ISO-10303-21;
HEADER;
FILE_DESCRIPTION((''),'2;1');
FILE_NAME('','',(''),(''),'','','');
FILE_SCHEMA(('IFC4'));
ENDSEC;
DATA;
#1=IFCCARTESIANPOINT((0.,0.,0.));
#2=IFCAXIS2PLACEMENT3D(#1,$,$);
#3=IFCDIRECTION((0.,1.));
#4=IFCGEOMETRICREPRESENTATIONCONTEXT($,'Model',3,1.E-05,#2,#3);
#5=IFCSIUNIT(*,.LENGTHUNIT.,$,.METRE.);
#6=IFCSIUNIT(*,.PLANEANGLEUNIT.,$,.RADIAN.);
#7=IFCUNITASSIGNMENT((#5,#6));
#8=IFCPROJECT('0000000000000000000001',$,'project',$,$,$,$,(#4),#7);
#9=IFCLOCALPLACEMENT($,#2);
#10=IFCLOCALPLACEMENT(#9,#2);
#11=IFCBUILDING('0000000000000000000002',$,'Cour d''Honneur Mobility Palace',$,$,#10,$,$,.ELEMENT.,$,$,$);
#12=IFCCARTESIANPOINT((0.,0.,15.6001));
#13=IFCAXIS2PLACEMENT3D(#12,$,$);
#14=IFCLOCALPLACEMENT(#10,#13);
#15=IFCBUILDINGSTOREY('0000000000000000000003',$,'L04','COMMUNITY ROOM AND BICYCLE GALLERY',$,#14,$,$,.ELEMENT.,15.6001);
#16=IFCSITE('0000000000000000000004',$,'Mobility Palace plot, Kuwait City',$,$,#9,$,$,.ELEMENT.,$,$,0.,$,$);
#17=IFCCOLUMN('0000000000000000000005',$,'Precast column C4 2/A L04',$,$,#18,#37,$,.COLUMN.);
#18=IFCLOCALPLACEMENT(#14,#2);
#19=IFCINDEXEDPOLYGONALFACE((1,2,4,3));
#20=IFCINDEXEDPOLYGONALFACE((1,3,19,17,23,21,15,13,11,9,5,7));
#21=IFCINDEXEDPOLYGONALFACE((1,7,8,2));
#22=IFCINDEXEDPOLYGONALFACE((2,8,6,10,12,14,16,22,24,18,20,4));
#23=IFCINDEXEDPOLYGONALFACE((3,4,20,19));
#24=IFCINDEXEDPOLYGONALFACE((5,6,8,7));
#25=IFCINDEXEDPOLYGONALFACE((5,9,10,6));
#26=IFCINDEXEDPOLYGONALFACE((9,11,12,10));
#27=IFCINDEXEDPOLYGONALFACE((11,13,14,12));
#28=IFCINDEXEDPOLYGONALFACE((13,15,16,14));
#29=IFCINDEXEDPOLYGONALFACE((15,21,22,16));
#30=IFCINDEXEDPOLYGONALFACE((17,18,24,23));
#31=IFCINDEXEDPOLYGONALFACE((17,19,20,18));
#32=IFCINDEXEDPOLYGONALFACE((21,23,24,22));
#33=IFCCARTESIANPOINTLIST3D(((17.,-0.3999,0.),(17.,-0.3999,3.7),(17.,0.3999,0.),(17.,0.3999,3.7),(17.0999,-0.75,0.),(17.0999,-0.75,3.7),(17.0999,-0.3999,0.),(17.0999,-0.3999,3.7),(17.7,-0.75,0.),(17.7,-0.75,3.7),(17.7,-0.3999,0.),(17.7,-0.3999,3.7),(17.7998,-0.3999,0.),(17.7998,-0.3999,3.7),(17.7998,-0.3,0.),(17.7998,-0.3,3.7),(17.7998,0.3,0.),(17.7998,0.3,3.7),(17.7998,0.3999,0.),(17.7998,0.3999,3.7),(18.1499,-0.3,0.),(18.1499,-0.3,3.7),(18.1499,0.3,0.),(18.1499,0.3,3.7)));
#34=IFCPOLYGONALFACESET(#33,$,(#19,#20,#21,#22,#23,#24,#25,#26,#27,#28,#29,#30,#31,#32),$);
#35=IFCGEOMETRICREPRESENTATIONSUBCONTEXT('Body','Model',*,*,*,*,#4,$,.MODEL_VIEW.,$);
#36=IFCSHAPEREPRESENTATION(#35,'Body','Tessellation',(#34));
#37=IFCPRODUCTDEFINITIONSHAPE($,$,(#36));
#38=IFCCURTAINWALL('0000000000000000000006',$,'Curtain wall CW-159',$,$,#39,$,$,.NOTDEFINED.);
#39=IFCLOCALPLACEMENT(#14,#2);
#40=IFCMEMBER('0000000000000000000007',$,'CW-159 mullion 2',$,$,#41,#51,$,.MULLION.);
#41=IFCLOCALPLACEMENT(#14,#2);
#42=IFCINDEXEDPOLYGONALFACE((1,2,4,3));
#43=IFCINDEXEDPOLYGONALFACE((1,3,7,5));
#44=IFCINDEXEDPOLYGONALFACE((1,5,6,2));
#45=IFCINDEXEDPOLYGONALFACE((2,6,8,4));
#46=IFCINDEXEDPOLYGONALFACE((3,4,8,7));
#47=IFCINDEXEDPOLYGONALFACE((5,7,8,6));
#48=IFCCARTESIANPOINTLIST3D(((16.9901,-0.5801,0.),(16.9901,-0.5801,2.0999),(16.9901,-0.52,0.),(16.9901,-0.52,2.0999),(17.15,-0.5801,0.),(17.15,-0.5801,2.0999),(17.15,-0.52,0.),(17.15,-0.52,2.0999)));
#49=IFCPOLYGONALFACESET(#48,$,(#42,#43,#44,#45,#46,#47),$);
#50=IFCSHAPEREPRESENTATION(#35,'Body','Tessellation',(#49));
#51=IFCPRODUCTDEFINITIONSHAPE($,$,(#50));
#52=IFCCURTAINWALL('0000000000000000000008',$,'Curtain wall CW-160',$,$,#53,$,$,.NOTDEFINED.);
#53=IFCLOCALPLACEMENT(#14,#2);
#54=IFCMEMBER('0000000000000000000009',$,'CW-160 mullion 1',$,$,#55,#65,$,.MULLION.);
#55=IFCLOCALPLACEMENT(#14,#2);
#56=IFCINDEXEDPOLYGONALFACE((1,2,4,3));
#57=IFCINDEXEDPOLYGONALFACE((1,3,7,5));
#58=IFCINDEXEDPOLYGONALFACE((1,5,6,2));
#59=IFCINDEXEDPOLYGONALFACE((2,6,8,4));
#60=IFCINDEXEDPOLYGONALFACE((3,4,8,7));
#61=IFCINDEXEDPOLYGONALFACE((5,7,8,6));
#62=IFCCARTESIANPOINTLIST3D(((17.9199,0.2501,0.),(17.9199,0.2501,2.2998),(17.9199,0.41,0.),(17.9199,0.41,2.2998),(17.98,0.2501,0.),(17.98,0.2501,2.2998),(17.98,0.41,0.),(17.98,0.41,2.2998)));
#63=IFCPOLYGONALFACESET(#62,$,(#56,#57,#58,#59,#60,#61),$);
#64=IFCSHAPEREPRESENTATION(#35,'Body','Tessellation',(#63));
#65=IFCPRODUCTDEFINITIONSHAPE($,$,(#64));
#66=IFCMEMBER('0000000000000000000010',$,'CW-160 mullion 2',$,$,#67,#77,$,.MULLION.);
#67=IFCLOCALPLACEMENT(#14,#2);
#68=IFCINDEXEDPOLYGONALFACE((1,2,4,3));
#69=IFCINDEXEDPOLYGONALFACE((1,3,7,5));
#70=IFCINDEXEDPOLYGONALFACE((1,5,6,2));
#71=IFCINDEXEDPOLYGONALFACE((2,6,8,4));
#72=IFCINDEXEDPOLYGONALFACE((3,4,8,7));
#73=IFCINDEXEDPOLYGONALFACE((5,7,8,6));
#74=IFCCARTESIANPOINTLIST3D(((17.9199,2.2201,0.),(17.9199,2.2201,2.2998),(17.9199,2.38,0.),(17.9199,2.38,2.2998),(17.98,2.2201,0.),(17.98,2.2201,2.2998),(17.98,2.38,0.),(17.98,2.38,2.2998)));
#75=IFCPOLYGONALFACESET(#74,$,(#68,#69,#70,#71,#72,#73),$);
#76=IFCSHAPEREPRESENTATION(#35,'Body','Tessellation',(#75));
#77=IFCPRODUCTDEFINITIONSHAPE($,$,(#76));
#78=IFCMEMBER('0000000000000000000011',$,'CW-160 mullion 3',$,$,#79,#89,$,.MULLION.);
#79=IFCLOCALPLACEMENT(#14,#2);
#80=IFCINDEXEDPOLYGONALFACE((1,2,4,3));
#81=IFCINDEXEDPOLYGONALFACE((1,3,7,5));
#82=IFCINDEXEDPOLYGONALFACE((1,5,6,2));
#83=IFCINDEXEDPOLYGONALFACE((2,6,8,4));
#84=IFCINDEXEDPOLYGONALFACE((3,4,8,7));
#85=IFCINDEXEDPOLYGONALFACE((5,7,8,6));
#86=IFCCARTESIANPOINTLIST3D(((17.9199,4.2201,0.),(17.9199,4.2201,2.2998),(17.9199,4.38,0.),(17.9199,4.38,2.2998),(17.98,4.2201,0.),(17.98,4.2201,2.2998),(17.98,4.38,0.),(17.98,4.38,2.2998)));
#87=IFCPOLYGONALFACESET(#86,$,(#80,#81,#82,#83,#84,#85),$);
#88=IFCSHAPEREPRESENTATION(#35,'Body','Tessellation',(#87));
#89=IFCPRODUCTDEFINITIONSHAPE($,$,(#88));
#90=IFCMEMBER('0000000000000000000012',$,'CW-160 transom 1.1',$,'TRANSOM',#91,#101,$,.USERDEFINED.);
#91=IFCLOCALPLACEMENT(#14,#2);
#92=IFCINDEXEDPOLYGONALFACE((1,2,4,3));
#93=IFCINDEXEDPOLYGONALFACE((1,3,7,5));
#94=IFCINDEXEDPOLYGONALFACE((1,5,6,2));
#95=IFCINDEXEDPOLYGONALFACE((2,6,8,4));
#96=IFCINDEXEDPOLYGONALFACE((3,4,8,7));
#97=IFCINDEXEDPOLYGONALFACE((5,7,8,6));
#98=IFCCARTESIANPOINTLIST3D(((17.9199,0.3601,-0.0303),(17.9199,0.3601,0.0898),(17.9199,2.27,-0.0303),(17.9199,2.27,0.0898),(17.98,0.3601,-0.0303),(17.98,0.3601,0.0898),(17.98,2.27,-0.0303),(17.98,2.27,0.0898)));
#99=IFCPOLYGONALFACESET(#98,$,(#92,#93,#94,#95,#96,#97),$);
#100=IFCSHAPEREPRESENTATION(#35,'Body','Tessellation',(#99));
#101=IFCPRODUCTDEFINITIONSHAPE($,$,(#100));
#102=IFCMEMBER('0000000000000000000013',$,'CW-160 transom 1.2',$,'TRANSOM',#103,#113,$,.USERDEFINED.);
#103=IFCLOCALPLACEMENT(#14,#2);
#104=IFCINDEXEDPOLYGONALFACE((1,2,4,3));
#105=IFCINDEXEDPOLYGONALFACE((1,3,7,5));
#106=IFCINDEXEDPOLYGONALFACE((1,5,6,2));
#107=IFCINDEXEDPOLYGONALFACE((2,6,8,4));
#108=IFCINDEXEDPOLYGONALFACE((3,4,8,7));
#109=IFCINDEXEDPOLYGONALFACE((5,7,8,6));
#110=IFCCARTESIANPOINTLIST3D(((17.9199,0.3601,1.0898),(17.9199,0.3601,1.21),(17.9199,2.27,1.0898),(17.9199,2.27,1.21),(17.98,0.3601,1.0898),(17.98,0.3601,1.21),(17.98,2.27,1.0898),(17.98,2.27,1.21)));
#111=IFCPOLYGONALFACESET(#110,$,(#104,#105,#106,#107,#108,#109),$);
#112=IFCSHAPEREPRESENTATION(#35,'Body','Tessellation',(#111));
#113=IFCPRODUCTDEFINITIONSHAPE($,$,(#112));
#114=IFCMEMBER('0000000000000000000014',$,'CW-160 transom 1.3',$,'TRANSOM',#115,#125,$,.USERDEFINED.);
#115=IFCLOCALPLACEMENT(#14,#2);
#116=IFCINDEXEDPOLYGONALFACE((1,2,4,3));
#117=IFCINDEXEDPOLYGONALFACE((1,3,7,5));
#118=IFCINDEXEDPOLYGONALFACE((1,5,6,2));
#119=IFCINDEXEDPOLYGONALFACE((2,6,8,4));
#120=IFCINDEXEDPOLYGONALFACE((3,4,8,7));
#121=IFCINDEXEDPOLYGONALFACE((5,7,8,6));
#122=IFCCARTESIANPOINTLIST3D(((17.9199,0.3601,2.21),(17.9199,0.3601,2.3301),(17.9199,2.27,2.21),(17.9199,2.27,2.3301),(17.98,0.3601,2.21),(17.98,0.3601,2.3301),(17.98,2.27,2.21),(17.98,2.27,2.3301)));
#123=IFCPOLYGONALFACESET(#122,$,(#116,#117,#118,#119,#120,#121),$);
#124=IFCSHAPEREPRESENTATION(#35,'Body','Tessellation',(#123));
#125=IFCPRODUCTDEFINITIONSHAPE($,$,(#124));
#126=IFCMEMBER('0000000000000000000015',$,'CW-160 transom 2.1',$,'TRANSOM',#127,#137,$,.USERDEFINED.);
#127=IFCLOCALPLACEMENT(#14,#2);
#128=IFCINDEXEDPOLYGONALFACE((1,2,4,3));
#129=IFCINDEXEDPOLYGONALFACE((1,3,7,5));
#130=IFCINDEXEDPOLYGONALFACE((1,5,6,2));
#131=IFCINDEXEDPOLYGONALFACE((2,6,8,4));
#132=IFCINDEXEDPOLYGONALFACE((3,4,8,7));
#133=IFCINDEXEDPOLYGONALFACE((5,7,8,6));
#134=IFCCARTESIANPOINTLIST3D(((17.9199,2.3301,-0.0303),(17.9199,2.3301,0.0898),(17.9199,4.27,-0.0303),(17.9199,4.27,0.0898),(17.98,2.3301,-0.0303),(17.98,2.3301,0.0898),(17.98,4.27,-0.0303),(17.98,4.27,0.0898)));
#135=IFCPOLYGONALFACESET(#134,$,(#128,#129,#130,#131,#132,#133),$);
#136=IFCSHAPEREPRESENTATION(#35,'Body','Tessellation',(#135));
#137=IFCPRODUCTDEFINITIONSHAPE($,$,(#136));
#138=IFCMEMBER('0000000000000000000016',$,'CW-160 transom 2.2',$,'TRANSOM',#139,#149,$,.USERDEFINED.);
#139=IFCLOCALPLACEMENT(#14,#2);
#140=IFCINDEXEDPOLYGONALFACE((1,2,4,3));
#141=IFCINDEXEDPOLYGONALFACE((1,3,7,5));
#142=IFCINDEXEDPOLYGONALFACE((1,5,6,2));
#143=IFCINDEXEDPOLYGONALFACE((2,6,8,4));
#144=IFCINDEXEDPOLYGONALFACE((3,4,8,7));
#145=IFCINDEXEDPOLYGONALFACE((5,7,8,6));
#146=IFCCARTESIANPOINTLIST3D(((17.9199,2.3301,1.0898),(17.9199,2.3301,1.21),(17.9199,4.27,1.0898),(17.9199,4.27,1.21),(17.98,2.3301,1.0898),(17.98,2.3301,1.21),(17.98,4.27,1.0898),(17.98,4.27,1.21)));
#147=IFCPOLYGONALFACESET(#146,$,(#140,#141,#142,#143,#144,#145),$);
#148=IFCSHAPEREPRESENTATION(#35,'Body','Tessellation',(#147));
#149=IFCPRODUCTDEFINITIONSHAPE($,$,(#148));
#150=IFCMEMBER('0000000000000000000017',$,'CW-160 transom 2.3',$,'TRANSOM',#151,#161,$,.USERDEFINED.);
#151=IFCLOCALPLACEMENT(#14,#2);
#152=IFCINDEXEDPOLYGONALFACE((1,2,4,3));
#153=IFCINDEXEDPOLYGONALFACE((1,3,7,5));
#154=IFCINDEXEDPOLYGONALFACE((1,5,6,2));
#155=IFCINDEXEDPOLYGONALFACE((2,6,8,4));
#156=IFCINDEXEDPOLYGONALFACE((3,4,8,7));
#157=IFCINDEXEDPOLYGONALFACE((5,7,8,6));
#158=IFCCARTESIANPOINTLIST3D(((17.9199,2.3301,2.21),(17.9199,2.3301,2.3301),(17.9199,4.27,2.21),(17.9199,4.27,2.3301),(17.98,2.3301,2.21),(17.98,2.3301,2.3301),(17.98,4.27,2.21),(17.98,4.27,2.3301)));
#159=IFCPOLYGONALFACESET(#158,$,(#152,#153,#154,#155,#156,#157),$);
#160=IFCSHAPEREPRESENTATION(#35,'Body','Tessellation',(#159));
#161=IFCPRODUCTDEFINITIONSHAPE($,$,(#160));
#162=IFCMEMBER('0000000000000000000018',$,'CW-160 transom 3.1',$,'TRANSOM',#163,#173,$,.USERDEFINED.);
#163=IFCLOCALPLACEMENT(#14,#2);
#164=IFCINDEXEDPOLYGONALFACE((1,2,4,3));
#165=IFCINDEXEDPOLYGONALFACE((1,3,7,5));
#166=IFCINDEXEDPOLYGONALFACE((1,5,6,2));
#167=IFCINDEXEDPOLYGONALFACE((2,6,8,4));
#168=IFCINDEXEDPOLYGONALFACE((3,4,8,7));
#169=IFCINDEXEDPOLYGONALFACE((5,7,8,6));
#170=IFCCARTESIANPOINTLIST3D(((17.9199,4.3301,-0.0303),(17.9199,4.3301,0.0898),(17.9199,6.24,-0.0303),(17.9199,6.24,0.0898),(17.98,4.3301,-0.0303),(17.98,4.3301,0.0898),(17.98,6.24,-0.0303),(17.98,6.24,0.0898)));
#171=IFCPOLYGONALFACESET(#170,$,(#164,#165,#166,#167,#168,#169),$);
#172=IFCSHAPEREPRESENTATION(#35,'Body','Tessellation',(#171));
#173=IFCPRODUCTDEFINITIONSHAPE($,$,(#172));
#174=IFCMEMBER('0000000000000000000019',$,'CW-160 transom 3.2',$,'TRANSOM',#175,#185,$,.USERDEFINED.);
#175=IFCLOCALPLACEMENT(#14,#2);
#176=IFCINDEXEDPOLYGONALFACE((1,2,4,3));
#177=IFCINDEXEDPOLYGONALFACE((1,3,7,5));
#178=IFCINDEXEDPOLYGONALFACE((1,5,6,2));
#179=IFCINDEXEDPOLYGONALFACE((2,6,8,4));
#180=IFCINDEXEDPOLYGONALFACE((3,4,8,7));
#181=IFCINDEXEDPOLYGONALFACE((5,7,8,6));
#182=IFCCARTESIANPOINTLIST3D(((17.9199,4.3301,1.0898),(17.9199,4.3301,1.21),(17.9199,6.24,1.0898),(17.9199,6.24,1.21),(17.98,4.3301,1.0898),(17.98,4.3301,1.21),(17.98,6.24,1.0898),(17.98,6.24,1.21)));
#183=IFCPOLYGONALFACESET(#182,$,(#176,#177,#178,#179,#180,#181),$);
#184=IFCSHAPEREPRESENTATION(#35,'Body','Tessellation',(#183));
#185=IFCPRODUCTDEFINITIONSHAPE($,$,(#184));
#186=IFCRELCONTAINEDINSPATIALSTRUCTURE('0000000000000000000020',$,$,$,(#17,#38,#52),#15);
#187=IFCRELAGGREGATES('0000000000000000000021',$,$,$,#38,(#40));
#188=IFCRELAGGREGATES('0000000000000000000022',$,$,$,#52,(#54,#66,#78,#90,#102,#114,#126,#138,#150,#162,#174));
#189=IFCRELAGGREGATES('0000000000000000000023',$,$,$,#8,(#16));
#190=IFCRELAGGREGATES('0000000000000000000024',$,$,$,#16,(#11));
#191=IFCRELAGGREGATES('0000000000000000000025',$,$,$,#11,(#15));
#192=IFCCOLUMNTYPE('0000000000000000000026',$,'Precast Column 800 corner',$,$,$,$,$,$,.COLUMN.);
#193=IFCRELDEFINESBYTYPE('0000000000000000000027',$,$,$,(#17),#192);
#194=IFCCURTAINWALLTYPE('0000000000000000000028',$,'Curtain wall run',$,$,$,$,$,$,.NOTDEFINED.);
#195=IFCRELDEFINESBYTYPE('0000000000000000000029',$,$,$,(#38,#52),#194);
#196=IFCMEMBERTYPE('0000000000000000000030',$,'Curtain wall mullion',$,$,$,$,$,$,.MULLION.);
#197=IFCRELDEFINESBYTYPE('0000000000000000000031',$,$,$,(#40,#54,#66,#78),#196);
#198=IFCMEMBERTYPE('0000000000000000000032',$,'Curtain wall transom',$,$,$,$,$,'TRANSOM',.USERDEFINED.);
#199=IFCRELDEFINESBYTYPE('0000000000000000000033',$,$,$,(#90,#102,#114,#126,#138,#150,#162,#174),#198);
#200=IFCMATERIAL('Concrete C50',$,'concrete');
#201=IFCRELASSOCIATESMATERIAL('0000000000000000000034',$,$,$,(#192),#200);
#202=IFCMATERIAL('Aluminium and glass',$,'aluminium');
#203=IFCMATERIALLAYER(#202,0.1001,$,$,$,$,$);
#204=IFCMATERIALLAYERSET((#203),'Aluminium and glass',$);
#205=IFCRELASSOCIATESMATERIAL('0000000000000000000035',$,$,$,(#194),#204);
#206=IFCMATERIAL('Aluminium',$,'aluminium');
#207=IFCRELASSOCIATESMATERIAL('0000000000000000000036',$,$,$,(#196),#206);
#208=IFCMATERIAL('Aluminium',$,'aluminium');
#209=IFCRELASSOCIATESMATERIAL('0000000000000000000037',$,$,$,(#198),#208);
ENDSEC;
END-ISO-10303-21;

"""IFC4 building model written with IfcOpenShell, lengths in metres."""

from ifc_helpers import new_model, si_unit, direction, frame, origin, origin_2d, place, context, subcontext, project, spatial, polyline, rectangle, outline, extrude, material, layer, layer_set, material_profile, profile_set, type_object, element, aggregate, save


model = new_model("IFC4")

# Units and contexts
model_context = context("Model", 3, precision=1e-05, world=origin(), true_north=direction((0.0, 1.0)))
body_context = subcontext(model_context, "Body", "Model", "MODEL_VIEW")
ifc_project = project(units=[si_unit("LENGTHUNIT", "METRE"), si_unit("PLANEANGLEUNIT", "RADIAN")], contexts=[model_context])

# Site, building, storey
site_placement = place(None, origin())
site = spatial("IfcSite", under=ifc_project, at=site_placement, Name="Mobility Palace plot, Kuwait City", CompositionType="ELEMENT", RefElevation=0.0)
building_placement = place(site_placement, origin())
building = spatial("IfcBuilding", under=site, at=building_placement, Name="Cour d'Honneur Mobility Palace", CompositionType="ELEMENT")
storey_placement = place(building_placement, frame((0.0, 0.0, 15.6001)))
storey = spatial("IfcBuildingStorey", under=building, at=storey_placement, Name="L04", Description="COMMUNITY ROOM AND BICYCLE GALLERY", CompositionType="ELEMENT", Elevation=15.6001)

# Column
ifc_material_1 = material(Name="Concrete C50", Category="concrete")
ifc_material_profile_1 = material_profile(ifc_material_1, outline(polyline([(-0.3999, -0.3999), (0.3999, -0.3999), (0.3999, -0.3), (0.75, -0.3), (0.75, 0.3), (0.3999, 0.3), (0.3999, 0.3999), (0.3, 0.3999), (0.3, 0.75), (-0.3, 0.75), (-0.3, 0.3999), (-0.3999, 0.3999), (-0.3999, -0.3999)])), Name="PC C800 corner")
ifc_profile_set_1 = profile_set([ifc_material_profile_1], Name="Concrete C50")
column_type = type_object("IfcColumnType", Name="Precast Column 800 corner", PredefinedType="COLUMN", material=ifc_profile_set_1)
column_placement = place(storey_placement, frame((17.3999, 0.0, 0.0), z_axis=(0.0, 0.0, 1.0), x_axis=(0.0, -1.0, 0.0)))
element("IfcColumn", 1, at=column_placement, inside=storey, type_object=column_type, Name="Precast column C4 2/A L04", PredefinedType="COLUMN", context=body_context, shape_type="SweptSolid", body=[
    extrude(outline(polyline([(-0.3999, -0.3999), (0.3999, -0.3999), (0.3999, -0.3), (0.75, -0.3), (0.75, 0.3), (0.3999, 0.3), (0.3999, 0.3999), (0.3, 0.3999), (0.3, 0.75), (-0.3, 0.75), (-0.3, 0.3999), (-0.3999, 0.3999), (-0.3999, -0.3999)])), origin(), (0.0, 0.0, 1.0), 3.7),
])

# Curtain wall, member
ifc_material_2 = material(Name="Aluminium and glass", Category="aluminium")
ifc_layer_1 = layer(ifc_material_2, 0.1001)
ifc_layer_set_1 = layer_set([ifc_layer_1], Name="Aluminium and glass")
curtain_wall_type = type_object("IfcCurtainWallType", Name="Curtain wall run", PredefinedType="NOTDEFINED", material=ifc_layer_set_1)
curtain_wall_1_placement = place(storey_placement, origin())
curtain_wall_1 = element("IfcCurtainWall", 2, at=curtain_wall_1_placement, inside=storey, type_object=curtain_wall_type, Name="Curtain wall CW-159", PredefinedType="NOTDEFINED")
ifc_material_3 = material(Name="Aluminium", Category="aluminium")
ifc_material_profile_2 = material_profile(ifc_material_3, rectangle(XDim=0.0601, YDim=0.1599, at=origin_2d()), Name="Curtain wall mullion")
ifc_profile_set_2 = profile_set([ifc_material_profile_2], Name="Aluminium")
member_type_1 = type_object("IfcMemberType", Name="Curtain wall mullion", PredefinedType="MULLION", material=ifc_profile_set_2)
member_1_placement = place(storey_placement, frame((17.0701, -0.55, 0.0), z_axis=(0.0, 0.0, 1.0), x_axis=(0.0, 1.0, 0.0)))
member_1 = element("IfcMember", 3, at=member_1_placement, type_object=member_type_1, Name="CW-159 mullion 2", PredefinedType="MULLION", context=body_context, shape_type="SweptSolid", body=[
    extrude(rectangle(XDim=0.0601, YDim=0.1599, at=origin_2d()), origin(), (0.0, 0.0, 1.0), 2.0999),
])
aggregate(curtain_wall_1, [member_1])

# Curtain wall, members
curtain_wall_2_placement = place(storey_placement, origin())
curtain_wall_2 = element("IfcCurtainWall", 4, at=curtain_wall_2_placement, inside=storey, type_object=curtain_wall_type, Name="Curtain wall CW-160", PredefinedType="NOTDEFINED")
member_2_placement = place(storey_placement, frame((17.95, 0.3301, 0.0), z_axis=(0.0, 0.0, 1.0), x_axis=(-1.0, 0.0, 0.0)))
member_2 = element("IfcMember", 5, at=member_2_placement, type_object=member_type_1, Name="CW-160 mullion 1", PredefinedType="MULLION", context=body_context, shape_type="SweptSolid", body=[
    extrude(rectangle(XDim=0.0601, YDim=0.1599, at=origin_2d()), origin(), (0.0, 0.0, 1.0), 2.2998),
])
member_3_placement = place(storey_placement, frame((17.95, 2.3, 0.0), z_axis=(0.0, 0.0, 1.0), x_axis=(-1.0, 0.0, 0.0)))
member_3 = element("IfcMember", 6, at=member_3_placement, type_object=member_type_1, Name="CW-160 mullion 2", PredefinedType="MULLION", context=body_context, shape_type="SweptSolid", body=[
    extrude(rectangle(XDim=0.0601, YDim=0.1599, at=origin_2d()), origin(), (0.0, 0.0, 1.0), 2.2998),
])
member_4_placement = place(storey_placement, frame((17.95, 4.3, 0.0), z_axis=(0.0, 0.0, 1.0), x_axis=(-1.0, 0.0, 0.0)))
member_4 = element("IfcMember", 7, at=member_4_placement, type_object=member_type_1, Name="CW-160 mullion 3", PredefinedType="MULLION", context=body_context, shape_type="SweptSolid", body=[
    extrude(rectangle(XDim=0.0601, YDim=0.1599, at=origin_2d()), origin(), (0.0, 0.0, 1.0), 2.2998),
])
ifc_material_4 = material(Name="Aluminium", Category="aluminium")
ifc_material_profile_3 = material_profile(ifc_material_4, rectangle(XDim=0.0601, YDim=0.1201, at=origin_2d()), Name="Curtain wall transom")
ifc_profile_set_3 = profile_set([ifc_material_profile_3], Name="Aluminium")
member_type_2 = type_object("IfcMemberType", Name="Curtain wall transom", ElementType="TRANSOM", PredefinedType="USERDEFINED", material=ifc_profile_set_3)
member_5_placement = place(storey_placement, frame((17.95, 0.3601, 0.0298), z_axis=(0.0, 1.0, 0.0), x_axis=(-1.0, 0.0, 0.0)))
member_5 = element("IfcMember", 8, at=member_5_placement, type_object=member_type_2, Name="CW-160 transom 1.1", ObjectType="TRANSOM", PredefinedType="USERDEFINED", context=body_context, shape_type="SweptSolid", body=[
    extrude(rectangle(XDim=0.0601, YDim=0.1201, at=origin_2d()), origin(), (0.0, 0.0, 1.0), 1.9099),
])
member_6_placement = place(storey_placement, frame((17.95, 0.3601, 1.1499), z_axis=(0.0, 1.0, 0.0), x_axis=(-1.0, 0.0, 0.0)))
member_6 = element("IfcMember", 9, at=member_6_placement, type_object=member_type_2, Name="CW-160 transom 1.2", ObjectType="TRANSOM", PredefinedType="USERDEFINED", context=body_context, shape_type="SweptSolid", body=[
    extrude(rectangle(XDim=0.0601, YDim=0.1201, at=origin_2d()), origin(), (0.0, 0.0, 1.0), 1.9099),
])
member_7_placement = place(storey_placement, frame((17.95, 0.3601, 2.27), z_axis=(0.0, 1.0, 0.0), x_axis=(-1.0, 0.0, 0.0)))
member_7 = element("IfcMember", 10, at=member_7_placement, type_object=member_type_2, Name="CW-160 transom 1.3", ObjectType="TRANSOM", PredefinedType="USERDEFINED", context=body_context, shape_type="SweptSolid", body=[
    extrude(rectangle(XDim=0.0601, YDim=0.1201, at=origin_2d()), origin(), (0.0, 0.0, 1.0), 1.9099),
])
member_8_placement = place(storey_placement, frame((17.95, 2.3301, 0.0298), z_axis=(0.0, 1.0, 0.0), x_axis=(-1.0, 0.0, 0.0)))
member_8 = element("IfcMember", 11, at=member_8_placement, type_object=member_type_2, Name="CW-160 transom 2.1", ObjectType="TRANSOM", PredefinedType="USERDEFINED", context=body_context, shape_type="SweptSolid", body=[
    extrude(rectangle(XDim=0.0601, YDim=0.1201, at=origin_2d()), origin(), (0.0, 0.0, 1.0), 1.9399),
])
member_9_placement = place(storey_placement, frame((17.95, 2.3301, 1.1499), z_axis=(0.0, 1.0, 0.0), x_axis=(-1.0, 0.0, 0.0)))
member_9 = element("IfcMember", 12, at=member_9_placement, type_object=member_type_2, Name="CW-160 transom 2.2", ObjectType="TRANSOM", PredefinedType="USERDEFINED", context=body_context, shape_type="SweptSolid", body=[
    extrude(rectangle(XDim=0.0601, YDim=0.1201, at=origin_2d()), origin(), (0.0, 0.0, 1.0), 1.9399),
])
member_10_placement = place(storey_placement, frame((17.95, 2.3301, 2.27), z_axis=(0.0, 1.0, 0.0), x_axis=(-1.0, 0.0, 0.0)))
member_10 = element("IfcMember", 13, at=member_10_placement, type_object=member_type_2, Name="CW-160 transom 2.3", ObjectType="TRANSOM", PredefinedType="USERDEFINED", context=body_context, shape_type="SweptSolid", body=[
    extrude(rectangle(XDim=0.0601, YDim=0.1201, at=origin_2d()), origin(), (0.0, 0.0, 1.0), 1.9399),
])
member_11_placement = place(storey_placement, frame((17.95, 4.3301, 0.0298), z_axis=(0.0, 1.0, 0.0), x_axis=(-1.0, 0.0, 0.0)))
member_11 = element("IfcMember", 14, at=member_11_placement, type_object=member_type_2, Name="CW-160 transom 3.1", ObjectType="TRANSOM", PredefinedType="USERDEFINED", context=body_context, shape_type="SweptSolid", body=[
    extrude(rectangle(XDim=0.0601, YDim=0.1201, at=origin_2d()), origin(), (0.0, 0.0, 1.0), 1.9099),
])
member_12_placement = place(storey_placement, frame((17.95, 4.3301, 1.1499), z_axis=(0.0, 1.0, 0.0), x_axis=(-1.0, 0.0, 0.0)))
member_12 = element("IfcMember", 15, at=member_12_placement, type_object=member_type_2, Name="CW-160 transom 3.2", ObjectType="TRANSOM", PredefinedType="USERDEFINED", context=body_context, shape_type="SweptSolid", body=[
    extrude(rectangle(XDim=0.0601, YDim=0.1201, at=origin_2d()), origin(), (0.0, 0.0, 1.0), 1.9099),
])

aggregate(curtain_wall_2, [member_2, member_3, member_4, member_5, member_6, member_7, member_8, member_9, member_10, member_11, member_12])

save(model, "model.ifc")
